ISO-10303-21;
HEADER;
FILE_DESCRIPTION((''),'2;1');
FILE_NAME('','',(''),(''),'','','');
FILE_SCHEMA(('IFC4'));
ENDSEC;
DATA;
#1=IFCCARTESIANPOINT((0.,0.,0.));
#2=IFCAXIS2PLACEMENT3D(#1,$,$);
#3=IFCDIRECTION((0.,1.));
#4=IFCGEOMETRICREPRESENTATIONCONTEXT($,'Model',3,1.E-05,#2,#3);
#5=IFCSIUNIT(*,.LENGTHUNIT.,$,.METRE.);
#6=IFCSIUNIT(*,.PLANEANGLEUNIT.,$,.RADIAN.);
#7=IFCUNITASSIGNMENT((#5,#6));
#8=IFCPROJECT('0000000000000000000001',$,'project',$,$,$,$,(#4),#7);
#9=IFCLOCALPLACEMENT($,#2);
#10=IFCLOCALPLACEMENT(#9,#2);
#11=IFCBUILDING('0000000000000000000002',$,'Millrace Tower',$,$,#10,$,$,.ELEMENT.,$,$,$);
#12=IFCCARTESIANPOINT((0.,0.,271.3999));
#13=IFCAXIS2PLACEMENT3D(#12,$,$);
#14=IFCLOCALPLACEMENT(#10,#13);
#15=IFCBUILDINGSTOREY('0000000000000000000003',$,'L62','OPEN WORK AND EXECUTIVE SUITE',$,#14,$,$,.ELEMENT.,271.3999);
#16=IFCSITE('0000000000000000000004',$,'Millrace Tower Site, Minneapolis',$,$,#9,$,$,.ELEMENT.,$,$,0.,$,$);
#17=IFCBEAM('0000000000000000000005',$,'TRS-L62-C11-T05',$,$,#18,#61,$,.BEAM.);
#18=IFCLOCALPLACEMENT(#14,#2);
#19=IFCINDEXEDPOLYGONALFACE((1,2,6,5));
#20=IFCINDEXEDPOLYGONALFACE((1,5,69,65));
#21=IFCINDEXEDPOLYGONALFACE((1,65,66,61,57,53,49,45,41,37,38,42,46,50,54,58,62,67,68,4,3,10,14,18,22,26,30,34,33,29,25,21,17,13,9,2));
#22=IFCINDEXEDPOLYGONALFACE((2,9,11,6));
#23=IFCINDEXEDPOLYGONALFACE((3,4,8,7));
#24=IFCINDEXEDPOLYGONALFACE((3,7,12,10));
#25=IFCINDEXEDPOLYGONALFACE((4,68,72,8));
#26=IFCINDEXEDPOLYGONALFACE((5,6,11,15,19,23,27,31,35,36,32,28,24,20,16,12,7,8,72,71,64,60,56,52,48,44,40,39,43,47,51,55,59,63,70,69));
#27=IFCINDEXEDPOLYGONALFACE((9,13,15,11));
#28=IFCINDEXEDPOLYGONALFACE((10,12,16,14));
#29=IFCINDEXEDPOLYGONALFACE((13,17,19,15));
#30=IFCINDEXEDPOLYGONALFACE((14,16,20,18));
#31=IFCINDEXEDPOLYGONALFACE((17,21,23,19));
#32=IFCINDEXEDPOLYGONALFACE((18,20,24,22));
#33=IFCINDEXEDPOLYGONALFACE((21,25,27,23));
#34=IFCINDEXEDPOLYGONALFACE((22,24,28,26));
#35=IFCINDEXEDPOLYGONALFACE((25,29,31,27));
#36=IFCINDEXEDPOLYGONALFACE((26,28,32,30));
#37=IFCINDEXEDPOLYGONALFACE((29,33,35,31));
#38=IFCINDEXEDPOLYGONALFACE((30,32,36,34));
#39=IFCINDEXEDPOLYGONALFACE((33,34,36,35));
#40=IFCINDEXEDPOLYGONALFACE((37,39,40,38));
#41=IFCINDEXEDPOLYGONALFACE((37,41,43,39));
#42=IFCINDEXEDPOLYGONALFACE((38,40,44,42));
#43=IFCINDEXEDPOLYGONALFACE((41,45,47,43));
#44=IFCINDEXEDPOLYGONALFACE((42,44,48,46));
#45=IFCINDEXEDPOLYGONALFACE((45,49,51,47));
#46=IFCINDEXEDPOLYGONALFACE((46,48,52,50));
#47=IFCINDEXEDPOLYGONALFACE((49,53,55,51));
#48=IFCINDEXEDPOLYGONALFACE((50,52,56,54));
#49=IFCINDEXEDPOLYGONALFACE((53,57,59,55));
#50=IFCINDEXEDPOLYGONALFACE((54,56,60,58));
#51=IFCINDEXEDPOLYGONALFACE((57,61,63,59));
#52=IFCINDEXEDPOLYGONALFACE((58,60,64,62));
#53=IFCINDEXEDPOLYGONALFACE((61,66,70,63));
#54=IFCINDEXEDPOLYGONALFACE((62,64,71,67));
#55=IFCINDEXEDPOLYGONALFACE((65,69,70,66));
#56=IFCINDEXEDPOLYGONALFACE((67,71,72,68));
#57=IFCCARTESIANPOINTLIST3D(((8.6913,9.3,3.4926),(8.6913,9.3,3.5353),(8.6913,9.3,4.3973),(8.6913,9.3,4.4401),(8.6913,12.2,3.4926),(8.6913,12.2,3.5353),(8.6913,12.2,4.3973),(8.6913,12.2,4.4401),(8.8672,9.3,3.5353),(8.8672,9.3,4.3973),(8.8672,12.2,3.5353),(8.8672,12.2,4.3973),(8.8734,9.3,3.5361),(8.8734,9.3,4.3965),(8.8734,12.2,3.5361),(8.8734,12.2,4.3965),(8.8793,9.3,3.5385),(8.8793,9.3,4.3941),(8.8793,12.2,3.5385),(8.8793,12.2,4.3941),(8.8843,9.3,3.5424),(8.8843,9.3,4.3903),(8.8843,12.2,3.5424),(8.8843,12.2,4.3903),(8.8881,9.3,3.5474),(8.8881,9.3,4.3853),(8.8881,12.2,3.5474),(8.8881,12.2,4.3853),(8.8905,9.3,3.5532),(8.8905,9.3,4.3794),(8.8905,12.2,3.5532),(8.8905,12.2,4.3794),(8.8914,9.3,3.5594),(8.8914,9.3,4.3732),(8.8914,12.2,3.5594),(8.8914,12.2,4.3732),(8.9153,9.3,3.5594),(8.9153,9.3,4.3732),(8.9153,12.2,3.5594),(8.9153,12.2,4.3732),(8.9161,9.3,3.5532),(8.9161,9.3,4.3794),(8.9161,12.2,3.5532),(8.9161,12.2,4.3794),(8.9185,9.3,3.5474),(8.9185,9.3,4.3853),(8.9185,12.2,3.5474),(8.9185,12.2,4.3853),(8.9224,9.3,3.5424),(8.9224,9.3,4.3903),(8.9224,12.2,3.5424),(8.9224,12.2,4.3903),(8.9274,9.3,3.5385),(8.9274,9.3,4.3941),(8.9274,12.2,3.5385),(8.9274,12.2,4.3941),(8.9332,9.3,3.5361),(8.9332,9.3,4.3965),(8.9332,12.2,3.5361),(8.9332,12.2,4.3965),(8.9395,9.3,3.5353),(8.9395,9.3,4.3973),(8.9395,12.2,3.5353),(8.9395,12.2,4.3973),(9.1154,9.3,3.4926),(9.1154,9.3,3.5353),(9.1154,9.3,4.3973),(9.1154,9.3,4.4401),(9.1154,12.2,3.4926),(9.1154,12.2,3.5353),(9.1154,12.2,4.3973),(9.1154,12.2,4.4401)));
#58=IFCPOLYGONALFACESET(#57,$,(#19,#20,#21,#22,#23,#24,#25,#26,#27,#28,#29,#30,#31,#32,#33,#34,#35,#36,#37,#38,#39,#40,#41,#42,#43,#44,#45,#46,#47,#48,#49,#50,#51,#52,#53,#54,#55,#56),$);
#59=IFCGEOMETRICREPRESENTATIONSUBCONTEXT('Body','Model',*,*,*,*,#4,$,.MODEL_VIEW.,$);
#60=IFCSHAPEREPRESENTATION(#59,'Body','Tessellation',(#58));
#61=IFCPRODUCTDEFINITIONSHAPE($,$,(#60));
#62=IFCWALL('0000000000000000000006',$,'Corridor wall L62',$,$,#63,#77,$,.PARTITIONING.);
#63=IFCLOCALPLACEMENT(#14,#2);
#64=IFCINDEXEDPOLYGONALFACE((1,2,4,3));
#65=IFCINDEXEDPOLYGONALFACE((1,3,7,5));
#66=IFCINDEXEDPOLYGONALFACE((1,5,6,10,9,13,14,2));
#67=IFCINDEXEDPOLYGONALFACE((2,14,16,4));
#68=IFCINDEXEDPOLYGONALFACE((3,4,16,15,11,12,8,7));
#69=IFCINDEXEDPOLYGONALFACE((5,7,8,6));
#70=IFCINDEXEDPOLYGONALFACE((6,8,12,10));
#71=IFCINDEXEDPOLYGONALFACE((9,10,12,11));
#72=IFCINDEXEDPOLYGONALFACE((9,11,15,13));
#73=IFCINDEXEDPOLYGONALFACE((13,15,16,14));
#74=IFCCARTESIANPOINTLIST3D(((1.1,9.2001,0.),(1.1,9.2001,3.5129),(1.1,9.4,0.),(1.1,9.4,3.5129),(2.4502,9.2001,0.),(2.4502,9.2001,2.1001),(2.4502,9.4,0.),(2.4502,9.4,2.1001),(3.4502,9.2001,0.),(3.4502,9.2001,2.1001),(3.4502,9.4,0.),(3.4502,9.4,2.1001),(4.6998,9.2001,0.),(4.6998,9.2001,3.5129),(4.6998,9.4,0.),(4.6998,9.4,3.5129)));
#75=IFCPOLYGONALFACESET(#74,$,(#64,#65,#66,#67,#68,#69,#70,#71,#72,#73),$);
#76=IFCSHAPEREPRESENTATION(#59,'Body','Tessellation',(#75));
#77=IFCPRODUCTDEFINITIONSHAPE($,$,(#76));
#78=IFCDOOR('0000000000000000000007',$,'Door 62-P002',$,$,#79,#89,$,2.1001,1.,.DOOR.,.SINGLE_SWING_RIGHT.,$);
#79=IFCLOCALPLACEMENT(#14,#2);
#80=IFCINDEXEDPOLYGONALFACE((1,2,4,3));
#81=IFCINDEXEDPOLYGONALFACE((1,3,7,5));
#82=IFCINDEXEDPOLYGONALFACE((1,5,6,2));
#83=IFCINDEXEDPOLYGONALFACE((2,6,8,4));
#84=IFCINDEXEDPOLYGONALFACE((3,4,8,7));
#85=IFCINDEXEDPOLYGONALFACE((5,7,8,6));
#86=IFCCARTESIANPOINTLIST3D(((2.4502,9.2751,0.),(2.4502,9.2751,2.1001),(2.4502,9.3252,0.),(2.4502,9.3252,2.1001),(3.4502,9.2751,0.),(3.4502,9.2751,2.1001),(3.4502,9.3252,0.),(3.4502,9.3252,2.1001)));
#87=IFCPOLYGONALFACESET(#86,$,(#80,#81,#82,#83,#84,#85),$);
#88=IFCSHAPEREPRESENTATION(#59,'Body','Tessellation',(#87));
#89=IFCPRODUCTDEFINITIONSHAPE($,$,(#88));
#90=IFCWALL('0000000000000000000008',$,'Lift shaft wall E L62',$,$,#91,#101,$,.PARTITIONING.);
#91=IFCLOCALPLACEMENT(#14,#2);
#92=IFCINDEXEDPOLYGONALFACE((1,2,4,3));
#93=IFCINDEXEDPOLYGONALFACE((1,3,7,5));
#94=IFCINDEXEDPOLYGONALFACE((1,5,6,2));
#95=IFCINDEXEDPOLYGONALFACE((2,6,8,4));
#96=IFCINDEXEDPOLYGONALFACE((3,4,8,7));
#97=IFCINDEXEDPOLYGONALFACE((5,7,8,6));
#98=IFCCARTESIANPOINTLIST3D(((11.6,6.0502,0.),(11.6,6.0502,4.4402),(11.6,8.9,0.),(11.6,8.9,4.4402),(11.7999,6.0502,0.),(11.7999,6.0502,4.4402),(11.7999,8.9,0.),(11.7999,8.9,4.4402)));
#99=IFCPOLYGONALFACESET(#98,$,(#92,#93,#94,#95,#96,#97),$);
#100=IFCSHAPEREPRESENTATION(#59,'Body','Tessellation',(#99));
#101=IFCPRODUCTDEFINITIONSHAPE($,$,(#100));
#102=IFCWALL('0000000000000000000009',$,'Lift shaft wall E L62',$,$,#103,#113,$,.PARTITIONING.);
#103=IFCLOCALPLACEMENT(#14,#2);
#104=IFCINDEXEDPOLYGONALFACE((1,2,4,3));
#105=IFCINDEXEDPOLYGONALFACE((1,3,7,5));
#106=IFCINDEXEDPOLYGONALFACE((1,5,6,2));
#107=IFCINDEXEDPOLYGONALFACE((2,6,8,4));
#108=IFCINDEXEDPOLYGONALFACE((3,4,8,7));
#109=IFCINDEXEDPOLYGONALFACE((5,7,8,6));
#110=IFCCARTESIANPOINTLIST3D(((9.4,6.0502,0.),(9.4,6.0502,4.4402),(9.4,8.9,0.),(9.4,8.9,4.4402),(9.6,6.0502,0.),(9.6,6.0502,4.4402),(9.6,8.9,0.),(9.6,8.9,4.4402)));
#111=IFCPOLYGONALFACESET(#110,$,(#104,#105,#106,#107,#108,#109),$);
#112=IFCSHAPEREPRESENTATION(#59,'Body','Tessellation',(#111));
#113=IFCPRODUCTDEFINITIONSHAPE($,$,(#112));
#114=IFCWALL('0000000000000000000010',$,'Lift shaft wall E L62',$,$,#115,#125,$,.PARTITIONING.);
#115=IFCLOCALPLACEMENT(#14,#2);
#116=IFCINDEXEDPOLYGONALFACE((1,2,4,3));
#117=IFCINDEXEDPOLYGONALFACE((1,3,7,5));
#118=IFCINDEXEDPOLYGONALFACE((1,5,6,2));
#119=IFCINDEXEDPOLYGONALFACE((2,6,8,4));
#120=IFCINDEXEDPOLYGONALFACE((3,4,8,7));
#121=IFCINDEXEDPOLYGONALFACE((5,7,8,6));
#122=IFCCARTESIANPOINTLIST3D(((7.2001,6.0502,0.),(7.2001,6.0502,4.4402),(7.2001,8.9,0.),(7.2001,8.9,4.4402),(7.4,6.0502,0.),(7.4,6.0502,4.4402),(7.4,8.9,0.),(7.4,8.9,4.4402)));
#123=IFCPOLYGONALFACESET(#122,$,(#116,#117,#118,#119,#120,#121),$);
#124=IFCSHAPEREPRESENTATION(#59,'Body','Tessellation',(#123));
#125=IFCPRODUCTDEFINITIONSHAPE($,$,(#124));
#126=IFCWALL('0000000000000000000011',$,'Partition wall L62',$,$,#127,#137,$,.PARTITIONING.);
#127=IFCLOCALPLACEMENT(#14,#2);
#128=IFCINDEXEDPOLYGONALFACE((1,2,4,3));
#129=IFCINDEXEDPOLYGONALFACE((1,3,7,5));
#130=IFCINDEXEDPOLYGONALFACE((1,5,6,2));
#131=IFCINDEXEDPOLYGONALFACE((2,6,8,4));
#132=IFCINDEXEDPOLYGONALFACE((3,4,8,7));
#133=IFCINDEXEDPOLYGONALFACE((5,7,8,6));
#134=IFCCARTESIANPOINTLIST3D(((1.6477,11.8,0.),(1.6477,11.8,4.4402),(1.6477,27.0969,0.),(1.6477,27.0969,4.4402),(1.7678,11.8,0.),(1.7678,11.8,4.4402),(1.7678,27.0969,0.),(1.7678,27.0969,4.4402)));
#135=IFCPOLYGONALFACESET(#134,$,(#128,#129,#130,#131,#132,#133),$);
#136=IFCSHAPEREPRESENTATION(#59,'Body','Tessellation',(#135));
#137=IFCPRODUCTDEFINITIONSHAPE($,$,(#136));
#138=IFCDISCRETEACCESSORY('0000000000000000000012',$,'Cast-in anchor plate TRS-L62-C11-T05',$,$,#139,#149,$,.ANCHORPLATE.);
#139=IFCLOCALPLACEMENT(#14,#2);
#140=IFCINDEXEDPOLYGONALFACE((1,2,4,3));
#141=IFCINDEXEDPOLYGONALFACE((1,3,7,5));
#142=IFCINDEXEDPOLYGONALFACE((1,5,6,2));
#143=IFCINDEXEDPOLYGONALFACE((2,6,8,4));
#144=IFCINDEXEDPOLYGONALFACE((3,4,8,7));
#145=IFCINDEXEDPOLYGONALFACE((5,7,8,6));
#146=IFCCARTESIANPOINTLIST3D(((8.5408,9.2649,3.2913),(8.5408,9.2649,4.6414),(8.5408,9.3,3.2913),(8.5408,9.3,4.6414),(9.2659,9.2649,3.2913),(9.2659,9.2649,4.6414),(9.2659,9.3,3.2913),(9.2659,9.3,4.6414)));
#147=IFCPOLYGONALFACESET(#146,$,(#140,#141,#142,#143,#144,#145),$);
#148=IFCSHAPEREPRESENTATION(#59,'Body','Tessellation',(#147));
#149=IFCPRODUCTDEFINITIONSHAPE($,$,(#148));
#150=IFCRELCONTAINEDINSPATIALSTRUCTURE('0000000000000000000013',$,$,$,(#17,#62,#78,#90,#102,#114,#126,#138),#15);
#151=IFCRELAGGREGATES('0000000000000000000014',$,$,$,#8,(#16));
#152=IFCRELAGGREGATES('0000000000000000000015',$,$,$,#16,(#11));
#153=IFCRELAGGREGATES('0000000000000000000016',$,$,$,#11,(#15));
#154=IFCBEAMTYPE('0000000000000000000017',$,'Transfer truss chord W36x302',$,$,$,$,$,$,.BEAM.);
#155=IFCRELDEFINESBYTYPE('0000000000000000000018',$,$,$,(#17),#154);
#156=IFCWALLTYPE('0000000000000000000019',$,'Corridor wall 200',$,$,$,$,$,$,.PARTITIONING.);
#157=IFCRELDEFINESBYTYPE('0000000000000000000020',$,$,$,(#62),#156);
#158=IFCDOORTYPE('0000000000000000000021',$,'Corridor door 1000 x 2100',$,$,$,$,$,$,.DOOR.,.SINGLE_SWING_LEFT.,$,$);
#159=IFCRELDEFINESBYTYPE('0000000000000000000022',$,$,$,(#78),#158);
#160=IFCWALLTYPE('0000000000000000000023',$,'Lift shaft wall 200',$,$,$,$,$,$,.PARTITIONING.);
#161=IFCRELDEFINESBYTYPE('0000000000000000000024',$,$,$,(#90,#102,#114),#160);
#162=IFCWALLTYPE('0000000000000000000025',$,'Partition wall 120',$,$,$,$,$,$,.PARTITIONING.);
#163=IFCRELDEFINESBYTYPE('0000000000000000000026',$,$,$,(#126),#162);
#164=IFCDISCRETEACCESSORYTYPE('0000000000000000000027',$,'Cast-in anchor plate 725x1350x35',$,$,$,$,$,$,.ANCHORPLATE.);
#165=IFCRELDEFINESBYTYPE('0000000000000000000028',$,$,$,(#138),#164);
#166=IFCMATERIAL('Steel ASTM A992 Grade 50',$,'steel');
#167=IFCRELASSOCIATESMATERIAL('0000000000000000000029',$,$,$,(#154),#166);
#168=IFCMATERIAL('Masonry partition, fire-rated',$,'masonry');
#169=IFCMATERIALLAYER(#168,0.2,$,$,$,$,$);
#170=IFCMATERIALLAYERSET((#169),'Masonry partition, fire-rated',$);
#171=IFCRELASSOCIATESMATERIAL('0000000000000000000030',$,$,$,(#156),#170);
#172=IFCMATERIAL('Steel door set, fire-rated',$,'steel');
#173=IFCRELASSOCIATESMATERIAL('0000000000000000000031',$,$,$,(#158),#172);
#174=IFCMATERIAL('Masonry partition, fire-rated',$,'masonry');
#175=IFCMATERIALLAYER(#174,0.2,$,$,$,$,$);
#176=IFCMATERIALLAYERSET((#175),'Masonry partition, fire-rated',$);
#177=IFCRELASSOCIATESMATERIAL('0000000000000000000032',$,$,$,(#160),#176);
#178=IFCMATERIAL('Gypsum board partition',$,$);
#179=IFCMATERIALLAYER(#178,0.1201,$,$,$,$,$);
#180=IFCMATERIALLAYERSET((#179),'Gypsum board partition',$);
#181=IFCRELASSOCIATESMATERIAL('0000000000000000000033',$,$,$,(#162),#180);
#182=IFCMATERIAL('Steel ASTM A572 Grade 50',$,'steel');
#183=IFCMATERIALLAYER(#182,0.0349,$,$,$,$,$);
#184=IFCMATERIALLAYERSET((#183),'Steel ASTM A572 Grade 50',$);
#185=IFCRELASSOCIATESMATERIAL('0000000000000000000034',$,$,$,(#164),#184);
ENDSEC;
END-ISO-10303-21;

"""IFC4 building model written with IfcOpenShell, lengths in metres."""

from ifc_helpers import new_model, si_unit, direction, frame, frame_2d, origin, origin_2d, place, context, subcontext, project, spatial, rectangle, i_section, extrude, material, layer, layer_set, material_profile, profile_set, type_object, element, fill, save


model = new_model("IFC4")

# Units and contexts
model_context = context("Model", 3, precision=1e-05, world=origin(), true_north=direction((0.0, 1.0)))
body_context = subcontext(model_context, "Body", "Model", "MODEL_VIEW")
ifc_project = project(units=[si_unit("LENGTHUNIT", "METRE"), si_unit("PLANEANGLEUNIT", "RADIAN")], contexts=[model_context])

# Site, building, storey
site_placement = place(None, origin())
site = spatial("IfcSite", under=ifc_project, at=site_placement, Name="Millrace Tower Site, Minneapolis", CompositionType="ELEMENT", RefElevation=0.0)
building_placement = place(site_placement, origin())
building = spatial("IfcBuilding", under=site, at=building_placement, Name="Millrace Tower", CompositionType="ELEMENT")
storey_placement = place(building_placement, frame((0.0, 0.0, 271.3999)))
storey = spatial("IfcBuildingStorey", under=building, at=storey_placement, Name="L62", Description="OPEN WORK AND EXECUTIVE SUITE", CompositionType="ELEMENT", Elevation=271.3999)

# Beam
ifc_material_1 = material(Name="Steel ASTM A992 Grade 50", Category="steel")
ifc_material_profile_1 = material_profile(ifc_material_1, i_section(OverallWidth=0.4241, OverallDepth=0.9475, WebThickness=0.0239, FlangeThickness=0.0427, FilletRadius=0.0242, at=origin_2d()))
ifc_profile_set_1 = profile_set([ifc_material_profile_1], Name="Steel ASTM A992 Grade 50")
beam_type_1 = type_object("IfcBeamType", Name="Transfer truss chord W36x302", PredefinedType="BEAM", material=ifc_profile_set_1)
for number, where, z_axis, x_axis, name in (
    (1, (8.9033, 12.2, 3.9663), (0.0, -1.0, 0.0), (1.0, 0.0, 0.0), "TRS-L62-C11-T05"),
):
    element("IfcBeam", number, at=place(storey_placement, frame(where, z_axis=z_axis, x_axis=x_axis)), inside=storey, type_object=beam_type_1, Name=name, PredefinedType="BEAM", context=body_context, shape_type="SweptSolid", body=[
        extrude(i_section(OverallWidth=0.4241, OverallDepth=0.9475, WebThickness=0.0239, FlangeThickness=0.0427, FilletRadius=0.0242, at=origin_2d()), origin(), (0.0, 0.0, 1.0), 2.8999),
    ])

# Wall, opening, door
ifc_material_2 = material(Name="Masonry partition, fire-rated", Category="masonry")
ifc_layer_1 = layer(ifc_material_2, 0.2)
ifc_layer_set_1 = layer_set([ifc_layer_1], Name="Masonry partition, fire-rated")
wall_type_1 = type_object("IfcWallType", Name="Corridor wall 200", PredefinedType="PARTITIONING", material=ifc_layer_set_1)
wall_1_placement = place(storey_placement, frame((1.1001, 9.3, 0.0), z_axis=(0.0, 0.0, 1.0), x_axis=(1.0, 0.0, 0.0)))
wall_1 = element("IfcWall", 2, at=wall_1_placement, inside=storey, type_object=wall_type_1, Name="Corridor wall L62", PredefinedType="PARTITIONING", context=body_context, shape_type="SweptSolid", body=[
    extrude(rectangle(XDim=3.5999, YDim=0.2, at=frame_2d((1.7998, 0.0))), origin(), (0.0, 0.0, 1.0), 3.5129),
])
opening_placement = place(wall_1_placement, frame((1.3501, 0.0, 0.0)))
opening = element("IfcOpeningElement", 3, at=opening_placement, cuts=wall_1, PredefinedType="OPENING", context=body_context, shape_type="SweptSolid", body=[
    extrude(rectangle(XDim=1.0, YDim=2.1001, at=frame_2d((0.5, 1.05))), frame((0.0, 0.1099, 0.0), z_axis=(0.0, -1.0, 0.0), x_axis=(1.0, 0.0, 0.0)), (0.0, 0.0, 1.0), 0.22),
])
ifc_material_3 = material(Name="Steel door set, fire-rated", Category="steel")
door_type = type_object("IfcDoorType", Name="Corridor door 1000 x 2100", OperationType="SINGLE_SWING_LEFT", PredefinedType="DOOR", material=ifc_material_3)
door_placement = place(opening_placement, frame((1.0, 0.0, 0.0), z_axis=(0.0, 0.0, 1.0), x_axis=(-1.0, 0.0, 0.0)))
door = element("IfcDoor", 4, at=door_placement, inside=storey, type_object=door_type, Name="Door 62-P002", OperationType="SINGLE_SWING_RIGHT", OverallHeight=2.1001, OverallWidth=1.0, PredefinedType="DOOR", context=body_context, shape_type="SweptSolid", body=[
    extrude(rectangle(XDim=1.0, YDim=2.1001, at=frame_2d((0.5, 1.05))), frame((0.0, 0.0249, 0.0), z_axis=(0.0, -1.0, 0.0), x_axis=(1.0, 0.0, 0.0)), (0.0, 0.0, 1.0), 0.05),
])
fill(opening, door)

# Walls
ifc_material_4 = material(Name="Masonry partition, fire-rated", Category="masonry")
ifc_layer_2 = layer(ifc_material_4, 0.2)
ifc_layer_set_2 = layer_set([ifc_layer_2], Name="Masonry partition, fire-rated")
wall_type_2 = type_object("IfcWallType", Name="Lift shaft wall 200", PredefinedType="PARTITIONING", material=ifc_layer_set_2)
for number, where, z_axis, x_axis, name in (
    (5, (11.7, 8.8999, 0.0), (0.0, 0.0, 1.0), (0.0, -1.0, 0.0), "Lift shaft wall E L62"),
    (6, (9.5, 8.8999, 0.0), (0.0, 0.0, 1.0), (0.0, -1.0, 0.0), "Lift shaft wall E L62"),
    (7, (7.3, 8.8999, 0.0), (0.0, 0.0, 1.0), (0.0, -1.0, 0.0), "Lift shaft wall E L62"),
):
    element("IfcWall", number, at=place(storey_placement, frame(where, z_axis=z_axis, x_axis=x_axis)), inside=storey, type_object=wall_type_2, Name=name, PredefinedType="PARTITIONING", context=body_context, shape_type="SweptSolid", body=[
        extrude(rectangle(XDim=2.8499, YDim=0.2, at=frame_2d((1.4248, 0.0))), origin(), (0.0, 0.0, 1.0), 4.4402),
    ])
ifc_material_5 = material(Name="Gypsum board partition")
ifc_layer_3 = layer(ifc_material_5, 0.1201)
ifc_layer_set_3 = layer_set([ifc_layer_3], Name="Gypsum board partition")
wall_type_3 = type_object("IfcWallType", Name="Partition wall 120", PredefinedType="PARTITIONING", material=ifc_layer_set_3)
wall_2_placement = place(storey_placement, frame((1.7078, 11.8, 0.0), z_axis=(0.0, 0.0, 1.0), x_axis=(0.0, 1.0, 0.0)))
element("IfcWall", 8, at=wall_2_placement, inside=storey, type_object=wall_type_3, Name="Partition wall L62", PredefinedType="PARTITIONING", context=body_context, shape_type="SweptSolid", body=[
    extrude(rectangle(XDim=15.2969, YDim=0.1201, at=frame_2d((7.6484, 0.0))), origin(), (0.0, 0.0, 1.0), 4.4402),
])

# Discrete accessory
ifc_material_6 = material(Name="Steel ASTM A572 Grade 50", Category="steel")
ifc_layer_4 = layer(ifc_material_6, 0.0349)
ifc_layer_set_4 = layer_set([ifc_layer_4], Name="Steel ASTM A572 Grade 50")
discrete_accessory_type = type_object("IfcDiscreteAccessoryType", Name="Cast-in anchor plate 725x1350x35", PredefinedType="ANCHORPLATE", material=ifc_layer_set_4)
discrete_accessory_placement = place(storey_placement, frame((8.9033, 9.2649, 3.9663), z_axis=(0.0, 1.0, 0.0), x_axis=(-1.0, 0.0, 0.0)))
element("IfcDiscreteAccessory", 9, at=discrete_accessory_placement, inside=storey, type_object=discrete_accessory_type, Name="Cast-in anchor plate TRS-L62-C11-T05", PredefinedType="ANCHORPLATE", context=body_context, shape_type="SweptSolid", body=[
    extrude(rectangle(XDim=0.7251, YDim=1.3501, at=origin_2d()), origin(), (0.0, 0.0, 1.0), 0.0352),
])

save(model, "model.ifc")
